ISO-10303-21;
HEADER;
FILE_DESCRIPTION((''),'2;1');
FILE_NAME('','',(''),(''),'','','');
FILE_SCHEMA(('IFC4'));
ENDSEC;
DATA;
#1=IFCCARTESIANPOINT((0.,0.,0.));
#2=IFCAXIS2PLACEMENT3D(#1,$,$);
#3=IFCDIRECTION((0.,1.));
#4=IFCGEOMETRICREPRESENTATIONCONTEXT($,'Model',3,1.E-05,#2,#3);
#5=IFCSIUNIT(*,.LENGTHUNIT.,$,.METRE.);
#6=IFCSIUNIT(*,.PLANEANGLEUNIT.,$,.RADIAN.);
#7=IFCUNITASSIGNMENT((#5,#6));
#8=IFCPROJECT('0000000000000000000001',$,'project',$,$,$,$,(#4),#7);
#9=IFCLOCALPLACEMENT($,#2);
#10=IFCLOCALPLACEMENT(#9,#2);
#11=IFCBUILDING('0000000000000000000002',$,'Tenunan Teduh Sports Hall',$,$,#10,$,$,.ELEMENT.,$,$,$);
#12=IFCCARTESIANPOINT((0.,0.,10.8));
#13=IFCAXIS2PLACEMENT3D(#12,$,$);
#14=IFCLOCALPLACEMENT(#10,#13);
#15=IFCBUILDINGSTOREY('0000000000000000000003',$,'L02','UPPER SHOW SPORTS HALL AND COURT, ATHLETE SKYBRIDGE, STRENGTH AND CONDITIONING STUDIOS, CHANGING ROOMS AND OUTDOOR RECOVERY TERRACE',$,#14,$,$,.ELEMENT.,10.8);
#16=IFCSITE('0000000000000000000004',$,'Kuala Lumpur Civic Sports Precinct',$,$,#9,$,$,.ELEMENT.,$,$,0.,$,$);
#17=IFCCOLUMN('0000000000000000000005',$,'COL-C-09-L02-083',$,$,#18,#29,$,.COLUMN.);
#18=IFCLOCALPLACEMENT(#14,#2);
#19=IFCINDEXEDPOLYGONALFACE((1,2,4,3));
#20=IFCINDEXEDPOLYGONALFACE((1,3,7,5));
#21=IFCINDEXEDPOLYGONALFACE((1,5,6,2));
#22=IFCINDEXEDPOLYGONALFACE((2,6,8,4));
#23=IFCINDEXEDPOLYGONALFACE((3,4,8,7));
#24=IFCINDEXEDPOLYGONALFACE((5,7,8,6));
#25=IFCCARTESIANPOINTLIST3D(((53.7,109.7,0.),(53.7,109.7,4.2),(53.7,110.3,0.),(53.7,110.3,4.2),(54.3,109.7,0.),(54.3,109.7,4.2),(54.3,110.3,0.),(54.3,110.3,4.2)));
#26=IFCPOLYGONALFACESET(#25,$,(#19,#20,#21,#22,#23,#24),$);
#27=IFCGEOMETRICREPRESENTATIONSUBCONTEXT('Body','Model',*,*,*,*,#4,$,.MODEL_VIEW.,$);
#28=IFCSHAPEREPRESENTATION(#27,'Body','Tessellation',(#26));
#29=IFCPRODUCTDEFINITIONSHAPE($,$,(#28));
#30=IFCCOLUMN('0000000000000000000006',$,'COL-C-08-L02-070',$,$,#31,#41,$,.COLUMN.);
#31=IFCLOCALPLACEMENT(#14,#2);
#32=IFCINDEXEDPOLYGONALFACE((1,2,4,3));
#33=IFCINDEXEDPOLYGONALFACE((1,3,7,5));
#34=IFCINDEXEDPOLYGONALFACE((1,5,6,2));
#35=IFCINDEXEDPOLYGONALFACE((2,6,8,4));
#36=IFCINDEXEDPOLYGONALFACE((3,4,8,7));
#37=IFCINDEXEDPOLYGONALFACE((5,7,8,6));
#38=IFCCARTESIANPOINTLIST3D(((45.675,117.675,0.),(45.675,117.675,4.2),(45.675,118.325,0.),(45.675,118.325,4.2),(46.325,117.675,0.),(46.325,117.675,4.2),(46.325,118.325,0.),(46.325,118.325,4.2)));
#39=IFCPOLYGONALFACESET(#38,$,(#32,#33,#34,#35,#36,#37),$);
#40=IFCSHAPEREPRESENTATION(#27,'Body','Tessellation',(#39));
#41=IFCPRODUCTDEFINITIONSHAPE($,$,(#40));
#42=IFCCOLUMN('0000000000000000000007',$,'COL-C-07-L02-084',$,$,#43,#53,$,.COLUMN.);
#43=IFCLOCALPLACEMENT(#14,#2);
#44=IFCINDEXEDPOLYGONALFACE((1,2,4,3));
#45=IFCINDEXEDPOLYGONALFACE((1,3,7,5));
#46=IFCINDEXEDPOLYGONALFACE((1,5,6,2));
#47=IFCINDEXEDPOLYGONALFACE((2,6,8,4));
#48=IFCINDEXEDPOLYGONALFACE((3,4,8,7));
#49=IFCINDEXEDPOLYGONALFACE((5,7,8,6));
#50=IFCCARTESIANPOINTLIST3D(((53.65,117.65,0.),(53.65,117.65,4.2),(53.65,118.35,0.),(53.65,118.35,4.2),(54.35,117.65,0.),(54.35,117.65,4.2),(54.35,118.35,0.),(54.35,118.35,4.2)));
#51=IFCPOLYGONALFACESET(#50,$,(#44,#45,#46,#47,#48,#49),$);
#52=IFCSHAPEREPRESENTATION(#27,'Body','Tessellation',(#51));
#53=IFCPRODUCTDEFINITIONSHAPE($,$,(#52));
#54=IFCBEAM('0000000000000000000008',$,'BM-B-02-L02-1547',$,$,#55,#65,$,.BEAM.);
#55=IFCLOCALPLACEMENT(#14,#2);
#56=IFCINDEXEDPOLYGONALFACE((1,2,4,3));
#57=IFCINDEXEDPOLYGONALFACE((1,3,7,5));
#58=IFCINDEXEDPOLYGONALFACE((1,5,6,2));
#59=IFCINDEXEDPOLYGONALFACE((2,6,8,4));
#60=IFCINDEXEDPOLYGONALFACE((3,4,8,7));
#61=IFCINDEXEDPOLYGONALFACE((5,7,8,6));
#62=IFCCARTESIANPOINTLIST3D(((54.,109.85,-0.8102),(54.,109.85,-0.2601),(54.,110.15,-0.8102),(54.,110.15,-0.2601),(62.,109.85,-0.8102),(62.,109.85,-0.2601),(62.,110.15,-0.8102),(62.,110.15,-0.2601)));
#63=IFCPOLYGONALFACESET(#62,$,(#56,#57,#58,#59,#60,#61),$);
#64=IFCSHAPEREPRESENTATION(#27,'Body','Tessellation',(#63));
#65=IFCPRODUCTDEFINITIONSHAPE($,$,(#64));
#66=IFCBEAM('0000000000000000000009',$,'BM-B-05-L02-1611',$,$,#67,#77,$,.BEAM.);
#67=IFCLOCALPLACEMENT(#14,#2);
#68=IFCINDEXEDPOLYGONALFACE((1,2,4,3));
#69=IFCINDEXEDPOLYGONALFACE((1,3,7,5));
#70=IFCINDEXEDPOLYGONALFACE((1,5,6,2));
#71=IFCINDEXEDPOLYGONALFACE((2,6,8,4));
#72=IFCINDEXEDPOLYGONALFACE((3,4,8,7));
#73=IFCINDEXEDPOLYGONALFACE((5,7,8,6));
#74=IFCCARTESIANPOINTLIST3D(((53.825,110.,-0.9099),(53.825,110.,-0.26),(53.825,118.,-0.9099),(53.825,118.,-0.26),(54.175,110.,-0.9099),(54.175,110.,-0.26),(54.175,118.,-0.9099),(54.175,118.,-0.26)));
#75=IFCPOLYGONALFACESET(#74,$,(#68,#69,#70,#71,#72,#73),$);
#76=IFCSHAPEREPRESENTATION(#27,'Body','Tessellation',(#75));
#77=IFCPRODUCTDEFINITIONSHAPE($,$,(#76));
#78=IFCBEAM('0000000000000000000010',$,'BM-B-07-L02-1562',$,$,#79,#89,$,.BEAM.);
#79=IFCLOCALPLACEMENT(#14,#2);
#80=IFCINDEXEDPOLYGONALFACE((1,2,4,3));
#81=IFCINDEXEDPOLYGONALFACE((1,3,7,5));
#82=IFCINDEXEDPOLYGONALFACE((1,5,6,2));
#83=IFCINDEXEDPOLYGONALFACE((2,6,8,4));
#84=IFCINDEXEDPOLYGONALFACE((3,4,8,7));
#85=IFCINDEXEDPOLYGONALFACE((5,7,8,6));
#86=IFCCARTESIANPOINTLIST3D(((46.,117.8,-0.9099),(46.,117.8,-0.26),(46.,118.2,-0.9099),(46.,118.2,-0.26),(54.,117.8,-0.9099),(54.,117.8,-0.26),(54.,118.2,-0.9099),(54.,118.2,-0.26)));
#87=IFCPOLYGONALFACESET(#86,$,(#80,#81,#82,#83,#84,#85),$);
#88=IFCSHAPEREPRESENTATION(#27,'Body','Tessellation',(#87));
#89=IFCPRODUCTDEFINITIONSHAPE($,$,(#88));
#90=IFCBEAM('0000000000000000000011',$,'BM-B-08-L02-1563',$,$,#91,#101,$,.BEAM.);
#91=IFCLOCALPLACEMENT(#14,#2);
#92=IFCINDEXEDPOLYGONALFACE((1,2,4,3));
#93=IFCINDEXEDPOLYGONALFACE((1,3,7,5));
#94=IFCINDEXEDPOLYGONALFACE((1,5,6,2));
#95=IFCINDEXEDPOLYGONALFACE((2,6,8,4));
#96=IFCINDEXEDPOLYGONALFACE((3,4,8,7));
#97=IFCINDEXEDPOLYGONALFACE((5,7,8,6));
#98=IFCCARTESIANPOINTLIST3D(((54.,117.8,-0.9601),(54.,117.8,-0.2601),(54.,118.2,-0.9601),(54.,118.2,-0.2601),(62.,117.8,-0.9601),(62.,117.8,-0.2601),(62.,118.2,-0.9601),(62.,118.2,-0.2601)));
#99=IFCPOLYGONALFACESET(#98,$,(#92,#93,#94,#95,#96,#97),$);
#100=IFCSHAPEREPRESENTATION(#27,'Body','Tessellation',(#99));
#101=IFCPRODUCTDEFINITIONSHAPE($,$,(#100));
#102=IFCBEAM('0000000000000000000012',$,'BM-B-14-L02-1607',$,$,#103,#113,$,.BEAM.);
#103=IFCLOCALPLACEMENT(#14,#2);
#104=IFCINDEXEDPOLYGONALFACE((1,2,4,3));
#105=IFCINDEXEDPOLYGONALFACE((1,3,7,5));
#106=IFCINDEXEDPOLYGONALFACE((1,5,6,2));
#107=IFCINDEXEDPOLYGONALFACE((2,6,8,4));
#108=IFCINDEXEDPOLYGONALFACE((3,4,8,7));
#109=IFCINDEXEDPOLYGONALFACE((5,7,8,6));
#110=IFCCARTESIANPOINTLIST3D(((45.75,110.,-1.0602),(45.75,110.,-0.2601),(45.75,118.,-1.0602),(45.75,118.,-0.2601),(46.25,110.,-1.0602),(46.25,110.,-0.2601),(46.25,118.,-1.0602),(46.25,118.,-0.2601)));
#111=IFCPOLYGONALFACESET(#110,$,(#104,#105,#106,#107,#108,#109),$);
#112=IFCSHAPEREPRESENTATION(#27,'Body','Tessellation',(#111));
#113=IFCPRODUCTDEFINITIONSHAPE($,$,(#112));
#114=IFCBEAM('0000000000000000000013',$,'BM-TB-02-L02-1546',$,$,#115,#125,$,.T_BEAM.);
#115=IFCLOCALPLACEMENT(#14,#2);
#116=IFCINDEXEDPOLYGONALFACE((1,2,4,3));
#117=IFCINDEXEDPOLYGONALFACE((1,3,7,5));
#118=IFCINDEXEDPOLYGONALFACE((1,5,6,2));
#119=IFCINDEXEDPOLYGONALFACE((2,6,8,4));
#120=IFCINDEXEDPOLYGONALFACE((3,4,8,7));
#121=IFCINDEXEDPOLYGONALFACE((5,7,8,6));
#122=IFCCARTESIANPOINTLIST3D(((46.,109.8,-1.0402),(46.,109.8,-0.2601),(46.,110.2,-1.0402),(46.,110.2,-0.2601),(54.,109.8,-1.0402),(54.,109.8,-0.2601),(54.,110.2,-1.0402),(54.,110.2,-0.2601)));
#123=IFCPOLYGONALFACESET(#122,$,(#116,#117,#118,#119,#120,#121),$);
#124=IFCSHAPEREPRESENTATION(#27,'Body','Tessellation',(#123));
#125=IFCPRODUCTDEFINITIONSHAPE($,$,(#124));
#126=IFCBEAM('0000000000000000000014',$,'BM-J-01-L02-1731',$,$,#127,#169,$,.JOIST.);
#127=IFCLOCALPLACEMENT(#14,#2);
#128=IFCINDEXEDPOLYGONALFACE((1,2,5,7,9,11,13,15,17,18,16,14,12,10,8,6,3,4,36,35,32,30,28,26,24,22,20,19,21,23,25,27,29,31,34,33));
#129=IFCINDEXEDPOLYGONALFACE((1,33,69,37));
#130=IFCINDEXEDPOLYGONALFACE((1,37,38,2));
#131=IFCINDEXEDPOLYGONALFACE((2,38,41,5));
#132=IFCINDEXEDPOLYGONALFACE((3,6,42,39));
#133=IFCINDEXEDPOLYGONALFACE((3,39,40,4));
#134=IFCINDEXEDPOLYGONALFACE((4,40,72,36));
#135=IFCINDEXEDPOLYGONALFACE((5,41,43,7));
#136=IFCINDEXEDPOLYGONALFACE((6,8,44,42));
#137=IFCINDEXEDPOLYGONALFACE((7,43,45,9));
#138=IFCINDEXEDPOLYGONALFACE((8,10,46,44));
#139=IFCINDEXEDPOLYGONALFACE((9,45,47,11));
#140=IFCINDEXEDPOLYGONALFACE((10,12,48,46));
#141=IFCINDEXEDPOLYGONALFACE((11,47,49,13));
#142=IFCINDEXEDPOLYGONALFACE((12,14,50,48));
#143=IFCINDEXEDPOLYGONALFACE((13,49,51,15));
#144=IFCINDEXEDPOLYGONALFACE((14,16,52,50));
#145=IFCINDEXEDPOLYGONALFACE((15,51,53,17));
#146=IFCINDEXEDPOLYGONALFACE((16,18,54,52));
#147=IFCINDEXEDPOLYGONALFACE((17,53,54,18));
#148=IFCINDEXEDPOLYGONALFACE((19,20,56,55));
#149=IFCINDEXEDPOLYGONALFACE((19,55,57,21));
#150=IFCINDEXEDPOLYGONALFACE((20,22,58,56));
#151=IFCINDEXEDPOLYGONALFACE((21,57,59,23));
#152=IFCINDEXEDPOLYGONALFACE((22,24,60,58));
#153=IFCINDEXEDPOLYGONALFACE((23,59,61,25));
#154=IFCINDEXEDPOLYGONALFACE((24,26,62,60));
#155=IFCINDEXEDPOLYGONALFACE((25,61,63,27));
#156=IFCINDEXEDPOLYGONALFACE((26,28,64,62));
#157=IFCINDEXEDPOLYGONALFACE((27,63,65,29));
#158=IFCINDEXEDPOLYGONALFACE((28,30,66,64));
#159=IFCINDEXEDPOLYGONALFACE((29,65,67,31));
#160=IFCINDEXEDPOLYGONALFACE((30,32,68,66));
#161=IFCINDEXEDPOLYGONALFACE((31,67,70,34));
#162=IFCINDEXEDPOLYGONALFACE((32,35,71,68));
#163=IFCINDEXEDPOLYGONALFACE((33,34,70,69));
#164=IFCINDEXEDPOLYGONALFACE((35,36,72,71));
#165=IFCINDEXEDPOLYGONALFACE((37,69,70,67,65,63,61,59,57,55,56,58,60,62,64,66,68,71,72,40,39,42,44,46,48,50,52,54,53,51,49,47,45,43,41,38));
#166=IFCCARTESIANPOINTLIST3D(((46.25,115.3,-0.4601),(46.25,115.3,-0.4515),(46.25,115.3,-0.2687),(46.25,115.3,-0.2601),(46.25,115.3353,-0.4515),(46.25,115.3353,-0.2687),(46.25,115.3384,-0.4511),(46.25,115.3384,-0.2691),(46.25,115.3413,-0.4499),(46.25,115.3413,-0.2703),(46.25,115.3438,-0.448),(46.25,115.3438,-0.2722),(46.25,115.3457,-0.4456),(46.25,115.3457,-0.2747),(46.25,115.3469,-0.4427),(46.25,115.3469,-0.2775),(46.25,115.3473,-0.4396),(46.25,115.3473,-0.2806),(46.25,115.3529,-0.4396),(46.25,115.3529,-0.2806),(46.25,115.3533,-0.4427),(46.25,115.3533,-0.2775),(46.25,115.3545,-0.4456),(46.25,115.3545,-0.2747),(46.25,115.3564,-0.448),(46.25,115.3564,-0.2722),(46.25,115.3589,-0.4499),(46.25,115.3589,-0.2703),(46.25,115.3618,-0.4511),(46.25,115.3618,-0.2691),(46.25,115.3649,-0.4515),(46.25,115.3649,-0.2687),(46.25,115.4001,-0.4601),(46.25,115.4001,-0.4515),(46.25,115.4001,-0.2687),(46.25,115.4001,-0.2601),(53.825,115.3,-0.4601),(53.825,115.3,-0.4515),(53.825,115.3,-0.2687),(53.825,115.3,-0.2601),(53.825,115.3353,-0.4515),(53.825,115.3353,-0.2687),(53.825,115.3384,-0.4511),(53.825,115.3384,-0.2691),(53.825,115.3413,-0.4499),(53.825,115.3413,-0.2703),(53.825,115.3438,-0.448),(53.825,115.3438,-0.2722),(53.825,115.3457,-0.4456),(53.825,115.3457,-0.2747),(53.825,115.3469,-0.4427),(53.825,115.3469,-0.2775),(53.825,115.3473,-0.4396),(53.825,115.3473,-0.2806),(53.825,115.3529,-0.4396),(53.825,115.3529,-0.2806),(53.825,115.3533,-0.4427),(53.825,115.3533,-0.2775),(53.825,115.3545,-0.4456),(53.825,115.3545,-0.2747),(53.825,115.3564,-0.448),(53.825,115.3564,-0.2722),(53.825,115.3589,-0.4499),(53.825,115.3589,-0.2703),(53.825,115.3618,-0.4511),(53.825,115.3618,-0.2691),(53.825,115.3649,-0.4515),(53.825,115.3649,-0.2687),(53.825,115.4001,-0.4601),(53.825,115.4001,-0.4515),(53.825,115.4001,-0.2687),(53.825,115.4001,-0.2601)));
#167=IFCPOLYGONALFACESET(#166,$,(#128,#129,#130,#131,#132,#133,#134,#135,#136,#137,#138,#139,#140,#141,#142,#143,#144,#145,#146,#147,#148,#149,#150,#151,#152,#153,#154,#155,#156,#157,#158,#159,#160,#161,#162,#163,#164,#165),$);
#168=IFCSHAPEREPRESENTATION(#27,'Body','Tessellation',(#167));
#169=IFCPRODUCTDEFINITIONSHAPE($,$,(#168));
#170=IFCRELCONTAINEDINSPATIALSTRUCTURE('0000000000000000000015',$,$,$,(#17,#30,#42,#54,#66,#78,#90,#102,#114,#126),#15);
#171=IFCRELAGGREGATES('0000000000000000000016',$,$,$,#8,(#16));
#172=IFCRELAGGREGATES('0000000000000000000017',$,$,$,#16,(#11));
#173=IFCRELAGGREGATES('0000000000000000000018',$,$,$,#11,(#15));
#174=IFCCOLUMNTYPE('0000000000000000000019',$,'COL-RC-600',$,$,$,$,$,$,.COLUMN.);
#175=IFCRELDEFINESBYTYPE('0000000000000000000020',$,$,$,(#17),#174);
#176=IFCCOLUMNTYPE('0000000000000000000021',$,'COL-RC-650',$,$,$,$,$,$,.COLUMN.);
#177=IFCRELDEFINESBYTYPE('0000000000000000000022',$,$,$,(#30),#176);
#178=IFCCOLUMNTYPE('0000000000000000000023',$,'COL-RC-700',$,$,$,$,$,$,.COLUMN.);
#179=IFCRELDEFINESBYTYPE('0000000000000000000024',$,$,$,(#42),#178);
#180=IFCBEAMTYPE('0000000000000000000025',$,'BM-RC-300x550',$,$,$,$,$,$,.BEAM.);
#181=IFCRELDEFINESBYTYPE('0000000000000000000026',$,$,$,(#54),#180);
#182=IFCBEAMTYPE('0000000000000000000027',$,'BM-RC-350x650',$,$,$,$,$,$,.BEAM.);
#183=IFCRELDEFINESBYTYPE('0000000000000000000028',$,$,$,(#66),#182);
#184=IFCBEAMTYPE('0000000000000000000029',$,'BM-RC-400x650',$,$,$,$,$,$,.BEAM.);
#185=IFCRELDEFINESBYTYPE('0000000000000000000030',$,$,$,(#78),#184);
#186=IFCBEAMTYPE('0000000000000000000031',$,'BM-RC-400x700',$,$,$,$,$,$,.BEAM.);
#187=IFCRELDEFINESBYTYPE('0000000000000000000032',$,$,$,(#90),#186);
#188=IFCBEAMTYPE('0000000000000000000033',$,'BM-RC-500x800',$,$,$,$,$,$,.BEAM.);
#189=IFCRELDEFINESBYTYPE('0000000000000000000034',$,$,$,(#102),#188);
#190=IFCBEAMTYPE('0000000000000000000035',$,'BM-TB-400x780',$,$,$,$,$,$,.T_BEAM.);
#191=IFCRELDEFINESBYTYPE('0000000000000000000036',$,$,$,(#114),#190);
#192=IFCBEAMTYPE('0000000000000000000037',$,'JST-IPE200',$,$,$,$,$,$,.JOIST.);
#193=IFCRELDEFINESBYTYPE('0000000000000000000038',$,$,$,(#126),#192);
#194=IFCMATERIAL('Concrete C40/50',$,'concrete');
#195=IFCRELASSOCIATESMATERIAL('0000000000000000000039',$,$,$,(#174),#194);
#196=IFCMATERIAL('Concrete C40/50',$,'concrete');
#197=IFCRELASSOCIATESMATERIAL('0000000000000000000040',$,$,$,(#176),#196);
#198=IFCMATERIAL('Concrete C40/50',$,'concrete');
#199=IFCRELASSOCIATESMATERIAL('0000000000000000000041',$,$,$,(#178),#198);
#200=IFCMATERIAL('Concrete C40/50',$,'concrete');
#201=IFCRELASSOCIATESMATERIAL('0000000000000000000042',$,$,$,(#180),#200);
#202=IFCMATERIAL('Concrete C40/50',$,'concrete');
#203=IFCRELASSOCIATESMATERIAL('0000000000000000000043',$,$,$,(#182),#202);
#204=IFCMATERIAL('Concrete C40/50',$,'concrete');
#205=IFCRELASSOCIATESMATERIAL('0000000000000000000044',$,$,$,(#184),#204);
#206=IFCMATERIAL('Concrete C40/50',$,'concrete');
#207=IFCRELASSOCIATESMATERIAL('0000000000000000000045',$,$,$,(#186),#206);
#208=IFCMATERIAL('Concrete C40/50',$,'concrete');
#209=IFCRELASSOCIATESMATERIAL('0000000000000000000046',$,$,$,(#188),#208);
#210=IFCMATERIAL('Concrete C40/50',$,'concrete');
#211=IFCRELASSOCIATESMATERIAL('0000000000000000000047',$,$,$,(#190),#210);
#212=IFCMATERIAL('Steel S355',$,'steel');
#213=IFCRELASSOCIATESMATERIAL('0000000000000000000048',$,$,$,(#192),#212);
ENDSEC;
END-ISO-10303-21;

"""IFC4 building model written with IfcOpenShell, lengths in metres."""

from ifc_helpers import new_model, si_unit, direction, frame, origin, origin_2d, place, context, subcontext, project, spatial, rectangle, i_section, extrude, material, material_profile, profile_set, type_object, element, save


model = new_model("IFC4")

# Units and contexts
model_context = context("Model", 3, precision=1e-05, world=origin(), true_north=direction((0.0, 1.0)))
body_context = subcontext(model_context, "Body", "Model", "MODEL_VIEW")
ifc_project = project(units=[si_unit("LENGTHUNIT", "METRE"), si_unit("PLANEANGLEUNIT", "RADIAN")], contexts=[model_context])

# Site, building, storey
site_placement = place(None, origin())
site = spatial("IfcSite", under=ifc_project, at=site_placement, Name="Kuala Lumpur Civic Sports Precinct", CompositionType="ELEMENT", RefElevation=0.0)
building_placement = place(site_placement, origin())
building = spatial("IfcBuilding", under=site, at=building_placement, Name="Tenunan Teduh Sports Hall", CompositionType="ELEMENT")
storey_placement = place(building_placement, frame((0.0, 0.0, 10.8)))
storey = spatial("IfcBuildingStorey", under=building, at=storey_placement, Name="L02", Description="UPPER SHOW SPORTS HALL AND COURT, ATHLETE SKYBRIDGE, STRENGTH AND CONDITIONING STUDIOS, CHANGING ROOMS AND OUTDOOR RECOVERY TERRACE", CompositionType="ELEMENT", Elevation=10.8)

# Columns
ifc_material_1 = material(Name="Concrete C40/50", Category="concrete")
ifc_material_profile_1 = material_profile(ifc_material_1, rectangle(XDim=0.6001, YDim=0.6001, at=origin_2d()), Name="RC 600x600")
ifc_profile_set_1 = profile_set([ifc_material_profile_1], Name="Concrete C40/50")
column_type_1 = type_object("IfcColumnType", Name="COL-RC-600", PredefinedType="COLUMN", material=ifc_profile_set_1)
column_1_placement = place(storey_placement, frame((54.0, 110.0, 0.0), z_axis=(0.0, 0.0, 1.0), x_axis=(1.0, 0.0, 0.0)))
element("IfcColumn", 1, at=column_1_placement, inside=storey, type_object=column_type_1, Name="COL-C-09-L02-083", PredefinedType="COLUMN", context=body_context, shape_type="SweptSolid", body=[
    extrude(rectangle(XDim=0.6001, YDim=0.6001, at=origin_2d()), origin(), (0.0, 0.0, 1.0), 4.2),
])
ifc_material_2 = material(Name="Concrete C40/50", Category="concrete")
ifc_material_profile_2 = material_profile(ifc_material_2, rectangle(XDim=0.6499, YDim=0.6499, at=origin_2d()), Name="RC 650x650")
ifc_profile_set_2 = profile_set([ifc_material_profile_2], Name="Concrete C40/50")
column_type_2 = type_object("IfcColumnType", Name="COL-RC-650", PredefinedType="COLUMN", material=ifc_profile_set_2)
column_2_placement = place(storey_placement, frame((46.0, 118.0, 0.0), z_axis=(0.0, 0.0, 1.0), x_axis=(1.0, 0.0, 0.0)))
element("IfcColumn", 2, at=column_2_placement, inside=storey, type_object=column_type_2, Name="COL-C-08-L02-070", PredefinedType="COLUMN", context=body_context, shape_type="SweptSolid", body=[
    extrude(rectangle(XDim=0.6499, YDim=0.6499, at=origin_2d()), origin(), (0.0, 0.0, 1.0), 4.2),
])
ifc_material_3 = material(Name="Concrete C40/50", Category="concrete")
ifc_material_profile_3 = material_profile(ifc_material_3, rectangle(XDim=0.7, YDim=0.7, at=origin_2d()), Name="RC 700x700")
ifc_profile_set_3 = profile_set([ifc_material_profile_3], Name="Concrete C40/50")
column_type_3 = type_object("IfcColumnType", Name="COL-RC-700", PredefinedType="COLUMN", material=ifc_profile_set_3)
column_3_placement = place(storey_placement, frame((54.0, 118.0, 0.0), z_axis=(0.0, 0.0, 1.0), x_axis=(1.0, 0.0, 0.0)))
element("IfcColumn", 3, at=column_3_placement, inside=storey, type_object=column_type_3, Name="COL-C-07-L02-084", PredefinedType="COLUMN", context=body_context, shape_type="SweptSolid", body=[
    extrude(rectangle(XDim=0.7, YDim=0.7, at=origin_2d()), origin(), (0.0, 0.0, 1.0), 4.2),
])

# Beams
ifc_material_4 = material(Name="Concrete C40/50", Category="concrete")
ifc_material_profile_4 = material_profile(ifc_material_4, rectangle(XDim=0.3, YDim=0.55, at=origin_2d()), Name="RCB 300x550")
ifc_profile_set_4 = profile_set([ifc_material_profile_4], Name="Concrete C40/50")
beam_type_1 = type_object("IfcBeamType", Name="BM-RC-300x550", PredefinedType="BEAM", material=ifc_profile_set_4)
beam_1_placement = place(storey_placement, frame((54.0, 110.0, -0.5352), z_axis=(1.0, 0.0, 0.0), x_axis=(0.0, 1.0, 0.0)))
element("IfcBeam", 4, at=beam_1_placement, inside=storey, type_object=beam_type_1, Name="BM-B-02-L02-1547", PredefinedType="BEAM", context=body_context, shape_type="SweptSolid", body=[
    extrude(rectangle(XDim=0.3, YDim=0.55, at=origin_2d()), origin(), (0.0, 0.0, 1.0), 8.0),
])
ifc_material_5 = material(Name="Concrete C40/50", Category="concrete")
ifc_material_profile_5 = material_profile(ifc_material_5, rectangle(XDim=0.3501, YDim=0.6499, at=origin_2d()), Name="RCB 350x650")
ifc_profile_set_5 = profile_set([ifc_material_profile_5], Name="Concrete C40/50")
beam_type_2 = type_object("IfcBeamType", Name="BM-RC-350x650", PredefinedType="BEAM", material=ifc_profile_set_5)
beam_2_placement = place(storey_placement, frame((54.0, 110.0, -0.585), z_axis=(0.0, 1.0, 0.0), x_axis=(-1.0, 0.0, 0.0)))
element("IfcBeam", 5, at=beam_2_placement, inside=storey, type_object=beam_type_2, Name="BM-B-05-L02-1611", PredefinedType="BEAM", context=body_context, shape_type="SweptSolid", body=[
    extrude(rectangle(XDim=0.3501, YDim=0.6499, at=origin_2d()), origin(), (0.0, 0.0, 1.0), 8.0),
])
ifc_material_6 = material(Name="Concrete C40/50", Category="concrete")
ifc_material_profile_6 = material_profile(ifc_material_6, rectangle(XDim=0.3999, YDim=0.6499, at=origin_2d()), Name="RCB 400x650")
ifc_profile_set_6 = profile_set([ifc_material_profile_6], Name="Concrete C40/50")
beam_type_3 = type_object("IfcBeamType", Name="BM-RC-400x650", PredefinedType="BEAM", material=ifc_profile_set_6)
beam_3_placement = place(storey_placement, frame((46.0, 118.0, -0.585), z_axis=(1.0, 0.0, 0.0), x_axis=(0.0, 1.0, 0.0)))
element("IfcBeam", 6, at=beam_3_placement, inside=storey, type_object=beam_type_3, Name="BM-B-07-L02-1562", PredefinedType="BEAM", context=body_context, shape_type="SweptSolid", body=[
    extrude(rectangle(XDim=0.3999, YDim=0.6499, at=origin_2d()), origin(), (0.0, 0.0, 1.0), 8.0),
])
ifc_material_7 = material(Name="Concrete C40/50", Category="concrete")
ifc_material_profile_7 = material_profile(ifc_material_7, rectangle(XDim=0.3999, YDim=0.7, at=origin_2d()), Name="RCB 400x700")
ifc_profile_set_7 = profile_set([ifc_material_profile_7], Name="Concrete C40/50")
beam_type_4 = type_object("IfcBeamType", Name="BM-RC-400x700", PredefinedType="BEAM", material=ifc_profile_set_7)
beam_4_placement = place(storey_placement, frame((54.0, 118.0, -0.6101), z_axis=(1.0, 0.0, 0.0), x_axis=(0.0, 1.0, 0.0)))
element("IfcBeam", 7, at=beam_4_placement, inside=storey, type_object=beam_type_4, Name="BM-B-08-L02-1563", PredefinedType="BEAM", context=body_context, shape_type="SweptSolid", body=[
    extrude(rectangle(XDim=0.3999, YDim=0.7, at=origin_2d()), origin(), (0.0, 0.0, 1.0), 8.0),
])
ifc_material_8 = material(Name="Concrete C40/50", Category="concrete")
ifc_material_profile_8 = material_profile(ifc_material_8, rectangle(XDim=0.5, YDim=0.8, at=origin_2d()), Name="RCB 500x800")
ifc_profile_set_8 = profile_set([ifc_material_profile_8], Name="Concrete C40/50")
beam_type_5 = type_object("IfcBeamType", Name="BM-RC-500x800", PredefinedType="BEAM", material=ifc_profile_set_8)
beam_5_placement = place(storey_placement, frame((46.0, 110.0, -0.6602), z_axis=(0.0, 1.0, 0.0), x_axis=(-1.0, 0.0, 0.0)))
element("IfcBeam", 8, at=beam_5_placement, inside=storey, type_object=beam_type_5, Name="BM-B-14-L02-1607", PredefinedType="BEAM", context=body_context, shape_type="SweptSolid", body=[
    extrude(rectangle(XDim=0.5, YDim=0.8, at=origin_2d()), origin(), (0.0, 0.0, 1.0), 8.0),
])
ifc_material_9 = material(Name="Concrete C40/50", Category="concrete")
ifc_material_profile_9 = material_profile(ifc_material_9, rectangle(XDim=0.3999, YDim=0.78, at=origin_2d()), Name="TB 400x780")
ifc_profile_set_9 = profile_set([ifc_material_profile_9], Name="Concrete C40/50")
beam_type_6 = type_object("IfcBeamType", Name="BM-TB-400x780", PredefinedType="T_BEAM", material=ifc_profile_set_9)
beam_6_placement = place(storey_placement, frame((46.0, 110.0, -0.6501), z_axis=(1.0, 0.0, 0.0), x_axis=(0.0, 1.0, 0.0)))
element("IfcBeam", 9, at=beam_6_placement, inside=storey, type_object=beam_type_6, Name="BM-TB-02-L02-1546", PredefinedType="T_BEAM", context=body_context, shape_type="SweptSolid", body=[
    extrude(rectangle(XDim=0.3999, YDim=0.78, at=origin_2d()), origin(), (0.0, 0.0, 1.0), 8.0),
])
ifc_material_10 = material(Name="Steel S355", Category="steel")
ifc_material_profile_10 = material_profile(ifc_material_10, i_section(OverallWidth=0.1001, OverallDepth=0.2, WebThickness=0.0056, FlangeThickness=0.0085, FilletRadius=0.012, at=origin_2d()), Name="IPE 200")
ifc_profile_set_10 = profile_set([ifc_material_profile_10], Name="Steel S355")
beam_type_7 = type_object("IfcBeamType", Name="JST-IPE200", PredefinedType="JOIST", material=ifc_profile_set_10)
beam_7_placement = place(storey_placement, frame((46.25, 115.3501, -0.3601), z_axis=(1.0, 0.0, 0.0), x_axis=(0.0, 1.0, 0.0)))
element("IfcBeam", 10, at=beam_7_placement, inside=storey, type_object=beam_type_7, Name="BM-J-01-L02-1731", PredefinedType="JOIST", context=body_context, shape_type="SweptSolid", body=[
    extrude(i_section(OverallWidth=0.1001, OverallDepth=0.2, WebThickness=0.0056, FlangeThickness=0.0085, FilletRadius=0.012, at=origin_2d()), origin(), (0.0, 0.0, 1.0), 7.575),
])

save(model, "model.ifc")
